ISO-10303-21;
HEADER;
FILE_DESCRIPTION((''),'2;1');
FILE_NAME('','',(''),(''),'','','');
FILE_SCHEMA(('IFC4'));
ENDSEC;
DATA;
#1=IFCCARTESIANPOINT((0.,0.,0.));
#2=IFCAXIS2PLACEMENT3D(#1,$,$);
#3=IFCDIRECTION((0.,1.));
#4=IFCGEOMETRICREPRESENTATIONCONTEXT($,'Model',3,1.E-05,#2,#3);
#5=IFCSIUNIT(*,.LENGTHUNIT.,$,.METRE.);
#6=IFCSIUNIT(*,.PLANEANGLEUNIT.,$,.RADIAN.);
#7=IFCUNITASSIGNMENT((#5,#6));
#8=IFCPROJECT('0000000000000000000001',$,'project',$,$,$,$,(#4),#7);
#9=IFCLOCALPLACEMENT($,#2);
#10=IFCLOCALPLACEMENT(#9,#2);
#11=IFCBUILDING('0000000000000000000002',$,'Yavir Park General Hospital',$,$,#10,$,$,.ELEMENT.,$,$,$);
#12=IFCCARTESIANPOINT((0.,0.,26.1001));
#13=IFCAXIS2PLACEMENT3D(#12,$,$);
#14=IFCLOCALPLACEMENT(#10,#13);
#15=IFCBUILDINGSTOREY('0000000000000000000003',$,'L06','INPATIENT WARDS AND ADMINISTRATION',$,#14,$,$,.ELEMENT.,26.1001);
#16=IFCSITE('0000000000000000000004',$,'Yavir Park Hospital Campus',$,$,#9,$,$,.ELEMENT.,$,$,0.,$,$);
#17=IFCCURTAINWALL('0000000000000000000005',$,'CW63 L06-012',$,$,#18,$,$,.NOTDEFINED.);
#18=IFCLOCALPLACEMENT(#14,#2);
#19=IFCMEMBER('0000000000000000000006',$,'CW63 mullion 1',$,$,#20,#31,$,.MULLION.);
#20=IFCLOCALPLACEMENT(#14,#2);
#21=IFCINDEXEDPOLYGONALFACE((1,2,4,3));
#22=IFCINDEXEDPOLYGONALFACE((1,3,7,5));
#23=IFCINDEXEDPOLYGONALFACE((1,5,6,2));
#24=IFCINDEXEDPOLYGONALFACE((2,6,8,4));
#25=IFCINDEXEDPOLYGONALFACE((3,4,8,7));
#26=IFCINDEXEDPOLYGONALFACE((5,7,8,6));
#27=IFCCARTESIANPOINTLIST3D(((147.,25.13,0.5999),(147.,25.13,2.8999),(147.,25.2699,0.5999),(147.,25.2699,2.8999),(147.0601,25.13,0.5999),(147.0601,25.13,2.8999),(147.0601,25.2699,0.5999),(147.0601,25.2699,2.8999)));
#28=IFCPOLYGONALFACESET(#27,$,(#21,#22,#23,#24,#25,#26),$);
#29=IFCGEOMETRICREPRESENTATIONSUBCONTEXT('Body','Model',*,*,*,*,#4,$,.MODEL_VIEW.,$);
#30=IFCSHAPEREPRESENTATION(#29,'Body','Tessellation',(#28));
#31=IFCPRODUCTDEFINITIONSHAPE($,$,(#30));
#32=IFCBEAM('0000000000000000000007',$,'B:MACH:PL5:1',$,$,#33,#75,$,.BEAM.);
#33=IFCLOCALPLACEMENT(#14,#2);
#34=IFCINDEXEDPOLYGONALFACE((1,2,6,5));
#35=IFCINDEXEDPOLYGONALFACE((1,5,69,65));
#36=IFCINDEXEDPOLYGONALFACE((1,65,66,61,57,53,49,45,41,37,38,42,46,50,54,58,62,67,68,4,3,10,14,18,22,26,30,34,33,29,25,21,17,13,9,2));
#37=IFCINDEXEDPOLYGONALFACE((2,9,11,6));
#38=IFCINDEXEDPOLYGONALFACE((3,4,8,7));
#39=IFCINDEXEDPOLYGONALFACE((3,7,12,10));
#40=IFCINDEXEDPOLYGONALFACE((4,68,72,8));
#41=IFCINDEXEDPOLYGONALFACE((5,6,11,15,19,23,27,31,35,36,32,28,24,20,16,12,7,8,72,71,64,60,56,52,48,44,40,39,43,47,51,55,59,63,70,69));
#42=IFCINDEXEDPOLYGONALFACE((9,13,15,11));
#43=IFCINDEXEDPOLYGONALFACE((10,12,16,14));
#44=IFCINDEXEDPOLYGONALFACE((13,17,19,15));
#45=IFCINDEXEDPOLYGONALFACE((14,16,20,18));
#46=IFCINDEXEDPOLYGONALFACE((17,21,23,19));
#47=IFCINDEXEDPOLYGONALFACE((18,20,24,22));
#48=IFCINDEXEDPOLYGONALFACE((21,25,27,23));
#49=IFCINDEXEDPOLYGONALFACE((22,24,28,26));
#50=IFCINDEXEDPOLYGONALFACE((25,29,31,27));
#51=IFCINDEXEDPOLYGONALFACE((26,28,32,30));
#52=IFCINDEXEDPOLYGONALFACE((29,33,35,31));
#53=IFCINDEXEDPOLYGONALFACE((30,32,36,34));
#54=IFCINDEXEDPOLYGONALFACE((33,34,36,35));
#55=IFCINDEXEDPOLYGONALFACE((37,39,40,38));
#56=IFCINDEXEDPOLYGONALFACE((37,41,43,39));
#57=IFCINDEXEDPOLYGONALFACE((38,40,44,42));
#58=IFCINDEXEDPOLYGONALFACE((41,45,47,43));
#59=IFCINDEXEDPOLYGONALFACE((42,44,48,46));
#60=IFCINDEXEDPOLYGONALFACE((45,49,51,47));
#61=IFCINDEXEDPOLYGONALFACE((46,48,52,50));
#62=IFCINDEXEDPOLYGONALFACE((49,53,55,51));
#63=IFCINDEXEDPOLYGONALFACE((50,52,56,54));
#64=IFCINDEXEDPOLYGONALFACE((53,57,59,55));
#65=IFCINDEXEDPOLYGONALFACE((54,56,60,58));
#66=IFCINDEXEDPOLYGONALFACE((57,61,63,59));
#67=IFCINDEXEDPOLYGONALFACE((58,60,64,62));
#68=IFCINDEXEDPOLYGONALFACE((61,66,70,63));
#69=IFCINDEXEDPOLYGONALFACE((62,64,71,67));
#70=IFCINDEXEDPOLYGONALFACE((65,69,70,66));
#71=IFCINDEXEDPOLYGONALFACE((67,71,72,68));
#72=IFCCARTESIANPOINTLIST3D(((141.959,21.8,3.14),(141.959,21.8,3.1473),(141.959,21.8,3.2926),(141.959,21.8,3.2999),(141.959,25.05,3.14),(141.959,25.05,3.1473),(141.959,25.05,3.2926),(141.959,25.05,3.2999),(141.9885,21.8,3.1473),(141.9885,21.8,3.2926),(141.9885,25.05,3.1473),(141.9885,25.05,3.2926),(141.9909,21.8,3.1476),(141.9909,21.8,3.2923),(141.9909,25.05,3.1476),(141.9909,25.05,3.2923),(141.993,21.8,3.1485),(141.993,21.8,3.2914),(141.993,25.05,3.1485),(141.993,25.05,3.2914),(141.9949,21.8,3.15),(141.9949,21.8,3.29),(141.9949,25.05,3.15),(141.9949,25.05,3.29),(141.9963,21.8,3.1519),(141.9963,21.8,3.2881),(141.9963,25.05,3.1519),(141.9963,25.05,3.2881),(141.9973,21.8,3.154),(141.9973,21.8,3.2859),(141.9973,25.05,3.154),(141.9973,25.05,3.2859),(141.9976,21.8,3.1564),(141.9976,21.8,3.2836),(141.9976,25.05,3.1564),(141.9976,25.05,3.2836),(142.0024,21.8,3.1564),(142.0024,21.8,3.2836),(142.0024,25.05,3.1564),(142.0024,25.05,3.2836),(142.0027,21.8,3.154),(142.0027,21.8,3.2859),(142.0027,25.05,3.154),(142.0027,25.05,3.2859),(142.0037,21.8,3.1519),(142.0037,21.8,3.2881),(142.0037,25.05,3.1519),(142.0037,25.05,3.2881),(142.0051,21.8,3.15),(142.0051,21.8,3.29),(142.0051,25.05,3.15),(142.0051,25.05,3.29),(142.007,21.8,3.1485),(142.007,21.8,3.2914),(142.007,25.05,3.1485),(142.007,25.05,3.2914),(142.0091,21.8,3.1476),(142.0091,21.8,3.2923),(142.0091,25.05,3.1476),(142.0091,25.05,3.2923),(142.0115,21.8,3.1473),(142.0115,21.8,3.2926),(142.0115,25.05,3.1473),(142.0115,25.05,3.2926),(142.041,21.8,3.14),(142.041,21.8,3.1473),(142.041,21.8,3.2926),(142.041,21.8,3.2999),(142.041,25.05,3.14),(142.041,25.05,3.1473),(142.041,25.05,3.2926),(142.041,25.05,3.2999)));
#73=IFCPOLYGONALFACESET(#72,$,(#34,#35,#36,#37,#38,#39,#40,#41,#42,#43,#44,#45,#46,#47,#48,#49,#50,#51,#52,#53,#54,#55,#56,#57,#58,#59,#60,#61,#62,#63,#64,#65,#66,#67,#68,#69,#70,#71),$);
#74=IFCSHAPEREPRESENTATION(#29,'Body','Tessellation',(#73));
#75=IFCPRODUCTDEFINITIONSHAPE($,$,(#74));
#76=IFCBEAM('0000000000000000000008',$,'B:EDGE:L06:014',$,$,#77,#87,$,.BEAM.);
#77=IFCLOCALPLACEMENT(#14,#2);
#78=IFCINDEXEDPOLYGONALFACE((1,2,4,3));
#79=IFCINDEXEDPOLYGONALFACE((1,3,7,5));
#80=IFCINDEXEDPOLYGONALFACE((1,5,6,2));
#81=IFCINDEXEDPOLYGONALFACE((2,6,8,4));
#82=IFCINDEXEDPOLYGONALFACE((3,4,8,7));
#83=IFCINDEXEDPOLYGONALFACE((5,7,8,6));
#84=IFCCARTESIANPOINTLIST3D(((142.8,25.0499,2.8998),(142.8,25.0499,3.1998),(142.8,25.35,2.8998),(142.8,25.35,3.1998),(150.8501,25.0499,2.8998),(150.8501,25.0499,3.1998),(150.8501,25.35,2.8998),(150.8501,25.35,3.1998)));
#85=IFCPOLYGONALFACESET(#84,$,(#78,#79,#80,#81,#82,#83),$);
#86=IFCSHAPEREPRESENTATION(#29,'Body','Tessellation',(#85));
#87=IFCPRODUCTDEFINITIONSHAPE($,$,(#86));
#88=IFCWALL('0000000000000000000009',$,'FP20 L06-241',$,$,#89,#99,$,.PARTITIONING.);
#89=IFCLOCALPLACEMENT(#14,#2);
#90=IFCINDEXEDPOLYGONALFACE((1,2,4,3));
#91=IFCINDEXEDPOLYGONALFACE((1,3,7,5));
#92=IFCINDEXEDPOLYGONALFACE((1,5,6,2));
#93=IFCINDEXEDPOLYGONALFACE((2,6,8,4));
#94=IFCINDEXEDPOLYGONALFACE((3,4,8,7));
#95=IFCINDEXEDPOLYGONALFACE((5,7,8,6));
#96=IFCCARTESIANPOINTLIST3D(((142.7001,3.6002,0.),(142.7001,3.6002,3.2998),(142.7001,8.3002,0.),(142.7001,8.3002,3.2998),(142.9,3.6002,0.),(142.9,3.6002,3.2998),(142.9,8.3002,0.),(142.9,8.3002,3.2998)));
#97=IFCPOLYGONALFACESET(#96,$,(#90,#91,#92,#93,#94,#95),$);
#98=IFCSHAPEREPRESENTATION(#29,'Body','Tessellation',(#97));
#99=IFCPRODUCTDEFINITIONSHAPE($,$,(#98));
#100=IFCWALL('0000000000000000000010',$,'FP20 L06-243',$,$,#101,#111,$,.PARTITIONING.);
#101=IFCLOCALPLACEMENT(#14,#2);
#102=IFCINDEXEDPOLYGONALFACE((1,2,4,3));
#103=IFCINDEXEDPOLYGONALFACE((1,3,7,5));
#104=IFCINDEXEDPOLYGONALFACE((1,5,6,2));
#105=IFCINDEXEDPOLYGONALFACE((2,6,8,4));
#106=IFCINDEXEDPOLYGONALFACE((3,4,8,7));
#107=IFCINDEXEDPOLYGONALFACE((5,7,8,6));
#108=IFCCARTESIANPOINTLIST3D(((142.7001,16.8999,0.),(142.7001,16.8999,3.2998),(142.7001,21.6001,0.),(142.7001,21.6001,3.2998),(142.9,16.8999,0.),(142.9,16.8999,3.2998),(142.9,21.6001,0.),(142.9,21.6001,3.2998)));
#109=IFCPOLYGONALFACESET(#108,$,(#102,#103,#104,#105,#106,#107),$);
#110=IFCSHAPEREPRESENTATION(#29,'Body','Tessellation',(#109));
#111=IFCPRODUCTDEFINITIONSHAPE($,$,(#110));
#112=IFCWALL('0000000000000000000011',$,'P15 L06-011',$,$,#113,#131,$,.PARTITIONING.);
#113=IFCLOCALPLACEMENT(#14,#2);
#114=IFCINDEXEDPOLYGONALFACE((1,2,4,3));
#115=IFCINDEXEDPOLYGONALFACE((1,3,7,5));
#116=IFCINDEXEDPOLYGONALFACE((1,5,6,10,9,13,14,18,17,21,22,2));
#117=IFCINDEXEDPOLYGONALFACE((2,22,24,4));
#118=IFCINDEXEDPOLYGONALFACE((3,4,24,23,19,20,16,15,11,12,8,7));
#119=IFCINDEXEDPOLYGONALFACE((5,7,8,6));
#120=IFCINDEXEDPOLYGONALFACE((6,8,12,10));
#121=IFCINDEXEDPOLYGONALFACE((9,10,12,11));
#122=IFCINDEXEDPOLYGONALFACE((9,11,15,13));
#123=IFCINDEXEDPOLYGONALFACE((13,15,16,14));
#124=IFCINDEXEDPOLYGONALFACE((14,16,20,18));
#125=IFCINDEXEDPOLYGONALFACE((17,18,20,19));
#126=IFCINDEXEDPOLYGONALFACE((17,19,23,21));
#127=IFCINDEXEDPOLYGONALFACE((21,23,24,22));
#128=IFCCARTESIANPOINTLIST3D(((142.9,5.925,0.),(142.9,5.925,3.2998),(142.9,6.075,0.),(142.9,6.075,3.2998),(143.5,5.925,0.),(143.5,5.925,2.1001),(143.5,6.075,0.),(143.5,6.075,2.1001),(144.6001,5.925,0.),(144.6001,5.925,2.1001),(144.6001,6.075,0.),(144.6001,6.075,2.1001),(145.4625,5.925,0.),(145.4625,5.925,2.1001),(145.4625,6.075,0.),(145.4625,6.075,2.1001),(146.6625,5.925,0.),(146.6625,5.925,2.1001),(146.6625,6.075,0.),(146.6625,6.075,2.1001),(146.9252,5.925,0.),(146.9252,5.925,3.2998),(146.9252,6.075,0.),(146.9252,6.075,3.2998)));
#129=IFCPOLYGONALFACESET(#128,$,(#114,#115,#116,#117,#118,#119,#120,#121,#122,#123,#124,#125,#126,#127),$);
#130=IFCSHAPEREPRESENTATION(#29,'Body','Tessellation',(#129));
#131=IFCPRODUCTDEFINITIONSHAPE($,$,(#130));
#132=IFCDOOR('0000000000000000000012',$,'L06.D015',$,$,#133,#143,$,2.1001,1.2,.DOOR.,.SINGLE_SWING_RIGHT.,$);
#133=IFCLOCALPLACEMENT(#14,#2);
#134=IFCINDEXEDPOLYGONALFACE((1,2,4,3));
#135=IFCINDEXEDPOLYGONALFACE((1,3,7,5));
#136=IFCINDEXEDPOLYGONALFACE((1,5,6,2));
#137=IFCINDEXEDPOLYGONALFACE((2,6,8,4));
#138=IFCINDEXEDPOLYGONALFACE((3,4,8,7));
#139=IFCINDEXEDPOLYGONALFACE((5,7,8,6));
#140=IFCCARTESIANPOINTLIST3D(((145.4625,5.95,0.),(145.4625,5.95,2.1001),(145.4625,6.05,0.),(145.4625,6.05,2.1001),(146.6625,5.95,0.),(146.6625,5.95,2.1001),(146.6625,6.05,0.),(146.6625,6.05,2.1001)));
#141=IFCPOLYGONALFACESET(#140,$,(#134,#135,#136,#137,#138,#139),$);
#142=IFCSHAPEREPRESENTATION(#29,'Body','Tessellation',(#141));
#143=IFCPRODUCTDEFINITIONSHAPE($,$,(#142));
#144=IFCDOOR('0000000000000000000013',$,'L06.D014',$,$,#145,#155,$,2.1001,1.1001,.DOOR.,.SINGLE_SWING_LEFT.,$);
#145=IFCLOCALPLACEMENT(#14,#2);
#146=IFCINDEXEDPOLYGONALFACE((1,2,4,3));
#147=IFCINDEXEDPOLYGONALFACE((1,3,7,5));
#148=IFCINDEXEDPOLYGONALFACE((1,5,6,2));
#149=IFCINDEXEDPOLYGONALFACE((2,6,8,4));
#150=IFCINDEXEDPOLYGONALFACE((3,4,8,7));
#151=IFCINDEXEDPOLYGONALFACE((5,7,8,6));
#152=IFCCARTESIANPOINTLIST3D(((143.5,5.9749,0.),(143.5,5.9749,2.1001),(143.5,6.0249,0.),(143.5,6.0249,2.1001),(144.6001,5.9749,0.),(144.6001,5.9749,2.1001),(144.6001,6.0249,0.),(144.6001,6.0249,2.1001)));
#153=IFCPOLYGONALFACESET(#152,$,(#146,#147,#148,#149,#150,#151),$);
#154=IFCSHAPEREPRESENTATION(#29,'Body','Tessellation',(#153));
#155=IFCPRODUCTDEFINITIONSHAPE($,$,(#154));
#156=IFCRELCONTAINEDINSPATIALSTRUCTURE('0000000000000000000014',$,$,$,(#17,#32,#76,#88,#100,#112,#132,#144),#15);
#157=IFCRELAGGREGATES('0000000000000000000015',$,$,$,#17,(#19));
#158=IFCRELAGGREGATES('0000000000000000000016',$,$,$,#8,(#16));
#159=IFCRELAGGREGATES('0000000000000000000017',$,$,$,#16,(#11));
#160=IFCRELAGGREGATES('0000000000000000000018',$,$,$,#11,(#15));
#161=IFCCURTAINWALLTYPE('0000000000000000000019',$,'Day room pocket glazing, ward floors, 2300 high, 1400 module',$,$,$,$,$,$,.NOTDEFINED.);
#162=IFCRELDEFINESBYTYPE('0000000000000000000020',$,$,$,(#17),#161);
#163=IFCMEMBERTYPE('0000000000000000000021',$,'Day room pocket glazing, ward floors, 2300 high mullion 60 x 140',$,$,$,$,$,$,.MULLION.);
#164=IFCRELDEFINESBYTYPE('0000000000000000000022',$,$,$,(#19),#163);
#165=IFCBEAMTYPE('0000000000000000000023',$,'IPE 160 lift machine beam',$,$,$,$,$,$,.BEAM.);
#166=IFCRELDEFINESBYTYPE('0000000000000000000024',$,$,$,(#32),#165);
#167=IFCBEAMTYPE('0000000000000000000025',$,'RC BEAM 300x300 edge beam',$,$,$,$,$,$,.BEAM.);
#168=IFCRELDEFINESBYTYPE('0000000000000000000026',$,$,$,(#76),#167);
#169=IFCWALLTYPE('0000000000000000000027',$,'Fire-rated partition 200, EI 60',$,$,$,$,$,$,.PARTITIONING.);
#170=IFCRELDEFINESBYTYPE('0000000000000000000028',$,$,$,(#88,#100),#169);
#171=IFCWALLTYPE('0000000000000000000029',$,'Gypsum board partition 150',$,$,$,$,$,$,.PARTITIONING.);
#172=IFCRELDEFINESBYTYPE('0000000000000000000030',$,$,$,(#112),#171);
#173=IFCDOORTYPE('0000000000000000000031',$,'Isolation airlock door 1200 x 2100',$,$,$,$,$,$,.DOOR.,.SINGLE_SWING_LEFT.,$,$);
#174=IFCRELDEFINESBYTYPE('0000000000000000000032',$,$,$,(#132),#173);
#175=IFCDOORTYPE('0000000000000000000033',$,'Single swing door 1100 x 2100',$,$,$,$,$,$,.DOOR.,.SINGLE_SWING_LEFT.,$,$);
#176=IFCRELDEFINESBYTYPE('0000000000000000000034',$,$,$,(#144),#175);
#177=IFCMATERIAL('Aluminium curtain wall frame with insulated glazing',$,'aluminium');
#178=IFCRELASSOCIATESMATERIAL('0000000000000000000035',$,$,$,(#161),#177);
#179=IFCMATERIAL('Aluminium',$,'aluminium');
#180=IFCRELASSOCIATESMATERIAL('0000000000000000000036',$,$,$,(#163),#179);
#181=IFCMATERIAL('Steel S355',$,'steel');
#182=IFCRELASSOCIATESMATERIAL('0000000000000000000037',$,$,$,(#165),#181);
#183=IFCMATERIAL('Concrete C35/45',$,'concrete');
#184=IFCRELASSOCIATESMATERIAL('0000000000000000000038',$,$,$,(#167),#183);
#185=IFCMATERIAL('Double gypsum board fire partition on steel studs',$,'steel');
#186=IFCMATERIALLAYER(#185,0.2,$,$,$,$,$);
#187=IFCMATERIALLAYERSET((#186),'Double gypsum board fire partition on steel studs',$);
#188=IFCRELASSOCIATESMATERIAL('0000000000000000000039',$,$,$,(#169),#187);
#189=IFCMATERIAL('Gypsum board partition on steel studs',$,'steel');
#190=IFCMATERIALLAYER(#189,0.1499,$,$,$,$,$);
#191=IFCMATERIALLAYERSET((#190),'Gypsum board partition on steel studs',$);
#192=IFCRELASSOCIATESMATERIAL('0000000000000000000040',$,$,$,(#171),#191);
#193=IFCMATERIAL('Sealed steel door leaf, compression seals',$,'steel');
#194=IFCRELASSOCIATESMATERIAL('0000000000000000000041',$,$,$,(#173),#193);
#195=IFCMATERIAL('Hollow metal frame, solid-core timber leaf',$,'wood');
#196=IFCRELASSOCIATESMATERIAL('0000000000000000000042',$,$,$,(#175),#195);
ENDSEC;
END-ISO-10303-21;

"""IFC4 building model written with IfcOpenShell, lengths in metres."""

from ifc_helpers import new_model, si_unit, direction, frame, frame_2d, origin, origin_2d, place, context, subcontext, project, spatial, rectangle, i_section, extrude, material, layer, layer_set, material_profile, profile_set, type_object, element, fill, aggregate, save


model = new_model("IFC4")

# Units and contexts
model_context = context("Model", 3, precision=1e-05, world=origin(), true_north=direction((0.0, 1.0)))
body_context = subcontext(model_context, "Body", "Model", "MODEL_VIEW")
ifc_project = project(units=[si_unit("LENGTHUNIT", "METRE"), si_unit("PLANEANGLEUNIT", "RADIAN")], contexts=[model_context])

# Site, building, storey
site_placement = place(None, origin())
site = spatial("IfcSite", under=ifc_project, at=site_placement, Name="Yavir Park Hospital Campus", CompositionType="ELEMENT", RefElevation=0.0)
building_placement = place(site_placement, origin())
building = spatial("IfcBuilding", under=site, at=building_placement, Name="Yavir Park General Hospital", CompositionType="ELEMENT")
storey_placement = place(building_placement, frame((0.0, 0.0, 26.1001)))
storey = spatial("IfcBuildingStorey", under=building, at=storey_placement, Name="L06", Description="INPATIENT WARDS AND ADMINISTRATION", CompositionType="ELEMENT", Elevation=26.1001)

# Curtain wall, member
ifc_material_1 = material(Name="Aluminium curtain wall frame with insulated glazing", Category="aluminium")
curtain_wall_type = type_object("IfcCurtainWallType", Name="Day room pocket glazing, ward floors, 2300 high, 1400 module", PredefinedType="NOTDEFINED", material=ifc_material_1)
curtain_wall_placement = place(storey_placement, origin())
curtain_wall = element("IfcCurtainWall", 1, at=curtain_wall_placement, inside=storey, type_object=curtain_wall_type, Name="CW63 L06-012", PredefinedType="NOTDEFINED")
ifc_material_2 = material(Name="Aluminium", Category="aluminium")
ifc_material_profile_1 = material_profile(ifc_material_2, rectangle(XDim=0.1399, YDim=0.0601, at=origin_2d()), Name="AL 60x140")
ifc_profile_set_1 = profile_set([ifc_material_profile_1], Name="Aluminium")
member_type = type_object("IfcMemberType", Name="Day room pocket glazing, ward floors, 2300 high mullion 60 x 140", PredefinedType="MULLION", material=ifc_profile_set_1)
member_placement = place(storey_placement, frame((147.03, 25.2, 0.5999), z_axis=(0.0, 0.0, 1.0), x_axis=(0.0, 1.0, 0.0)))
member = element("IfcMember", 2, at=member_placement, type_object=member_type, Name="CW63 mullion 1", PredefinedType="MULLION", context=body_context, shape_type="SweptSolid", body=[
    extrude(rectangle(XDim=0.1399, YDim=0.0601, at=origin_2d()), origin(), (0.0, 0.0, 1.0), 2.3),
])
aggregate(curtain_wall, [member])

# Beams
ifc_material_3 = material(Name="Steel S355", Category="steel")
ifc_material_profile_2 = material_profile(ifc_material_3, i_section(OverallWidth=0.082, OverallDepth=0.1599, WebThickness=0.0049, FlangeThickness=0.0073, FilletRadius=0.009, at=origin_2d()), Name="IPE160")
ifc_profile_set_2 = profile_set([ifc_material_profile_2], Name="Steel S355")
beam_type_1 = type_object("IfcBeamType", Name="IPE 160 lift machine beam", PredefinedType="BEAM", material=ifc_profile_set_2)
beam_1_placement = place(storey_placement, frame((142.0, 21.8, 3.22), z_axis=(0.0, 1.0, 0.0), x_axis=(-1.0, 0.0, 0.0)))
element("IfcBeam", 3, at=beam_1_placement, inside=storey, type_object=beam_type_1, Name="B:MACH:PL5:1", PredefinedType="BEAM", context=body_context, shape_type="SweptSolid", body=[
    extrude(i_section(OverallWidth=0.082, OverallDepth=0.1599, WebThickness=0.0049, FlangeThickness=0.0073, FilletRadius=0.009, at=origin_2d()), origin(), (0.0, 0.0, 1.0), 3.25),
])
ifc_material_4 = material(Name="Concrete C35/45", Category="concrete")
ifc_material_profile_3 = material_profile(ifc_material_4, rectangle(XDim=0.3, YDim=0.3, at=origin_2d()), Name="RC300x300")
ifc_profile_set_3 = profile_set([ifc_material_profile_3], Name="Concrete C35/45")
beam_type_2 = type_object("IfcBeamType", Name="RC BEAM 300x300 edge beam", PredefinedType="BEAM", material=ifc_profile_set_3)
beam_2_placement = place(storey_placement, frame((142.8, 25.2, 3.0498), z_axis=(1.0, 0.0, 0.0), x_axis=(0.0, 1.0, 0.0)))
element("IfcBeam", 4, at=beam_2_placement, inside=storey, type_object=beam_type_2, Name="B:EDGE:L06:014", PredefinedType="BEAM", context=body_context, shape_type="SweptSolid", body=[
    extrude(rectangle(XDim=0.3, YDim=0.3, at=origin_2d()), origin(), (0.0, 0.0, 1.0), 8.05),
])

# Walls
ifc_material_5 = material(Name="Double gypsum board fire partition on steel studs", Category="steel")
ifc_layer_1 = layer(ifc_material_5, 0.2)
ifc_layer_set_1 = layer_set([ifc_layer_1], Name="Double gypsum board fire partition on steel studs")
wall_type_1 = type_object("IfcWallType", Name="Fire-rated partition 200, EI 60", PredefinedType="PARTITIONING", material=ifc_layer_set_1)
wall_1_placement = place(storey_placement, frame((142.8, 3.6001, 0.0), z_axis=(0.0, 0.0, 1.0), x_axis=(0.0, 1.0, 0.0)))
element("IfcWall", 5, at=wall_1_placement, inside=storey, type_object=wall_type_1, Name="FP20 L06-241", PredefinedType="PARTITIONING", context=body_context, shape_type="SweptSolid", body=[
    extrude(rectangle(XDim=4.7, YDim=0.2, at=frame_2d((2.3501, 0.0))), origin(), (0.0, 0.0, 1.0), 3.2998),
])
wall_2_placement = place(storey_placement, frame((142.8, 16.8999, 0.0), z_axis=(0.0, 0.0, 1.0), x_axis=(0.0, 1.0, 0.0)))
element("IfcWall", 6, at=wall_2_placement, inside=storey, type_object=wall_type_1, Name="FP20 L06-243", PredefinedType="PARTITIONING", context=body_context, shape_type="SweptSolid", body=[
    extrude(rectangle(XDim=4.7002, YDim=0.2, at=frame_2d((2.3501, 0.0))), origin(), (0.0, 0.0, 1.0), 3.2998),
])

# Wall, openings, doors
ifc_material_6 = material(Name="Gypsum board partition on steel studs", Category="steel")
ifc_layer_2 = layer(ifc_material_6, 0.1499)
ifc_layer_set_2 = layer_set([ifc_layer_2], Name="Gypsum board partition on steel studs")
wall_type_2 = type_object("IfcWallType", Name="Gypsum board partition 150", PredefinedType="PARTITIONING", material=ifc_layer_set_2)
wall_3_placement = place(storey_placement, frame((142.8999, 6.0, 0.0), z_axis=(0.0, 0.0, 1.0), x_axis=(1.0, 0.0, 0.0)))
wall_3 = element("IfcWall", 7, at=wall_3_placement, inside=storey, type_object=wall_type_2, Name="P15 L06-011", PredefinedType="PARTITIONING", context=body_context, shape_type="SweptSolid", body=[
    extrude(rectangle(XDim=4.0251, YDim=0.1499, at=frame_2d((2.0127, 0.0))), origin(), (0.0, 0.0, 1.0), 3.2998),
])
opening_1_placement = place(wall_3_placement, frame((0.6001, 0.0, 0.0)))
opening_1 = element("IfcOpeningElement", 8, at=opening_1_placement, cuts=wall_3, PredefinedType="OPENING", context=body_context, shape_type="SweptSolid", body=[
    extrude(rectangle(XDim=1.1001, YDim=2.1001, at=frame_2d((0.55, 1.05))), frame((0.0, 0.085, 0.0), z_axis=(0.0, -1.0, 0.0), x_axis=(1.0, 0.0, 0.0)), (0.0, 0.0, 1.0), 0.1699),
])
opening_2_placement = place(wall_3_placement, frame((2.5625, 0.0, 0.0)))
opening_2 = element("IfcOpeningElement", 9, at=opening_2_placement, cuts=wall_3, PredefinedType="OPENING", context=body_context, shape_type="SweptSolid", body=[
    extrude(rectangle(XDim=1.2, YDim=2.1001, at=frame_2d((0.6001, 1.05))), frame((0.0, 0.085, 0.0), z_axis=(0.0, -1.0, 0.0), x_axis=(1.0, 0.0, 0.0)), (0.0, 0.0, 1.0), 0.1699),
])
ifc_material_7 = material(Name="Sealed steel door leaf, compression seals", Category="steel")
door_type_1 = type_object("IfcDoorType", Name="Isolation airlock door 1200 x 2100", OperationType="SINGLE_SWING_LEFT", PredefinedType="DOOR", material=ifc_material_7)
door_1_placement = place(opening_2_placement, origin())
door_1 = element("IfcDoor", 10, at=door_1_placement, inside=storey, type_object=door_type_1, Name="L06.D015", OperationType="SINGLE_SWING_RIGHT", OverallHeight=2.1001, OverallWidth=1.2, PredefinedType="DOOR", context=body_context, shape_type="SweptSolid", body=[
    extrude(rectangle(XDim=1.2, YDim=2.1001, at=frame_2d((0.6001, 1.05))), frame((0.0, 0.05, 0.0), z_axis=(0.0, -1.0, 0.0), x_axis=(1.0, 0.0, 0.0)), (0.0, 0.0, 1.0), 0.1001),
])
fill(opening_2, door_1)
ifc_material_8 = material(Name="Hollow metal frame, solid-core timber leaf", Category="wood")
door_type_2 = type_object("IfcDoorType", Name="Single swing door 1100 x 2100", OperationType="SINGLE_SWING_LEFT", PredefinedType="DOOR", material=ifc_material_8)
door_2_placement = place(opening_1_placement, origin())
door_2 = element("IfcDoor", 11, at=door_2_placement, inside=storey, type_object=door_type_2, Name="L06.D014", OperationType="SINGLE_SWING_LEFT", OverallHeight=2.1001, OverallWidth=1.1001, PredefinedType="DOOR", context=body_context, shape_type="SweptSolid", body=[
    extrude(rectangle(XDim=1.1001, YDim=2.1001, at=frame_2d((0.55, 1.05))), frame((0.0, 0.0249, 0.0), z_axis=(0.0, -1.0, 0.0), x_axis=(1.0, 0.0, 0.0)), (0.0, 0.0, 1.0), 0.05),
])
fill(opening_1, door_2)

save(model, "model.ifc")
